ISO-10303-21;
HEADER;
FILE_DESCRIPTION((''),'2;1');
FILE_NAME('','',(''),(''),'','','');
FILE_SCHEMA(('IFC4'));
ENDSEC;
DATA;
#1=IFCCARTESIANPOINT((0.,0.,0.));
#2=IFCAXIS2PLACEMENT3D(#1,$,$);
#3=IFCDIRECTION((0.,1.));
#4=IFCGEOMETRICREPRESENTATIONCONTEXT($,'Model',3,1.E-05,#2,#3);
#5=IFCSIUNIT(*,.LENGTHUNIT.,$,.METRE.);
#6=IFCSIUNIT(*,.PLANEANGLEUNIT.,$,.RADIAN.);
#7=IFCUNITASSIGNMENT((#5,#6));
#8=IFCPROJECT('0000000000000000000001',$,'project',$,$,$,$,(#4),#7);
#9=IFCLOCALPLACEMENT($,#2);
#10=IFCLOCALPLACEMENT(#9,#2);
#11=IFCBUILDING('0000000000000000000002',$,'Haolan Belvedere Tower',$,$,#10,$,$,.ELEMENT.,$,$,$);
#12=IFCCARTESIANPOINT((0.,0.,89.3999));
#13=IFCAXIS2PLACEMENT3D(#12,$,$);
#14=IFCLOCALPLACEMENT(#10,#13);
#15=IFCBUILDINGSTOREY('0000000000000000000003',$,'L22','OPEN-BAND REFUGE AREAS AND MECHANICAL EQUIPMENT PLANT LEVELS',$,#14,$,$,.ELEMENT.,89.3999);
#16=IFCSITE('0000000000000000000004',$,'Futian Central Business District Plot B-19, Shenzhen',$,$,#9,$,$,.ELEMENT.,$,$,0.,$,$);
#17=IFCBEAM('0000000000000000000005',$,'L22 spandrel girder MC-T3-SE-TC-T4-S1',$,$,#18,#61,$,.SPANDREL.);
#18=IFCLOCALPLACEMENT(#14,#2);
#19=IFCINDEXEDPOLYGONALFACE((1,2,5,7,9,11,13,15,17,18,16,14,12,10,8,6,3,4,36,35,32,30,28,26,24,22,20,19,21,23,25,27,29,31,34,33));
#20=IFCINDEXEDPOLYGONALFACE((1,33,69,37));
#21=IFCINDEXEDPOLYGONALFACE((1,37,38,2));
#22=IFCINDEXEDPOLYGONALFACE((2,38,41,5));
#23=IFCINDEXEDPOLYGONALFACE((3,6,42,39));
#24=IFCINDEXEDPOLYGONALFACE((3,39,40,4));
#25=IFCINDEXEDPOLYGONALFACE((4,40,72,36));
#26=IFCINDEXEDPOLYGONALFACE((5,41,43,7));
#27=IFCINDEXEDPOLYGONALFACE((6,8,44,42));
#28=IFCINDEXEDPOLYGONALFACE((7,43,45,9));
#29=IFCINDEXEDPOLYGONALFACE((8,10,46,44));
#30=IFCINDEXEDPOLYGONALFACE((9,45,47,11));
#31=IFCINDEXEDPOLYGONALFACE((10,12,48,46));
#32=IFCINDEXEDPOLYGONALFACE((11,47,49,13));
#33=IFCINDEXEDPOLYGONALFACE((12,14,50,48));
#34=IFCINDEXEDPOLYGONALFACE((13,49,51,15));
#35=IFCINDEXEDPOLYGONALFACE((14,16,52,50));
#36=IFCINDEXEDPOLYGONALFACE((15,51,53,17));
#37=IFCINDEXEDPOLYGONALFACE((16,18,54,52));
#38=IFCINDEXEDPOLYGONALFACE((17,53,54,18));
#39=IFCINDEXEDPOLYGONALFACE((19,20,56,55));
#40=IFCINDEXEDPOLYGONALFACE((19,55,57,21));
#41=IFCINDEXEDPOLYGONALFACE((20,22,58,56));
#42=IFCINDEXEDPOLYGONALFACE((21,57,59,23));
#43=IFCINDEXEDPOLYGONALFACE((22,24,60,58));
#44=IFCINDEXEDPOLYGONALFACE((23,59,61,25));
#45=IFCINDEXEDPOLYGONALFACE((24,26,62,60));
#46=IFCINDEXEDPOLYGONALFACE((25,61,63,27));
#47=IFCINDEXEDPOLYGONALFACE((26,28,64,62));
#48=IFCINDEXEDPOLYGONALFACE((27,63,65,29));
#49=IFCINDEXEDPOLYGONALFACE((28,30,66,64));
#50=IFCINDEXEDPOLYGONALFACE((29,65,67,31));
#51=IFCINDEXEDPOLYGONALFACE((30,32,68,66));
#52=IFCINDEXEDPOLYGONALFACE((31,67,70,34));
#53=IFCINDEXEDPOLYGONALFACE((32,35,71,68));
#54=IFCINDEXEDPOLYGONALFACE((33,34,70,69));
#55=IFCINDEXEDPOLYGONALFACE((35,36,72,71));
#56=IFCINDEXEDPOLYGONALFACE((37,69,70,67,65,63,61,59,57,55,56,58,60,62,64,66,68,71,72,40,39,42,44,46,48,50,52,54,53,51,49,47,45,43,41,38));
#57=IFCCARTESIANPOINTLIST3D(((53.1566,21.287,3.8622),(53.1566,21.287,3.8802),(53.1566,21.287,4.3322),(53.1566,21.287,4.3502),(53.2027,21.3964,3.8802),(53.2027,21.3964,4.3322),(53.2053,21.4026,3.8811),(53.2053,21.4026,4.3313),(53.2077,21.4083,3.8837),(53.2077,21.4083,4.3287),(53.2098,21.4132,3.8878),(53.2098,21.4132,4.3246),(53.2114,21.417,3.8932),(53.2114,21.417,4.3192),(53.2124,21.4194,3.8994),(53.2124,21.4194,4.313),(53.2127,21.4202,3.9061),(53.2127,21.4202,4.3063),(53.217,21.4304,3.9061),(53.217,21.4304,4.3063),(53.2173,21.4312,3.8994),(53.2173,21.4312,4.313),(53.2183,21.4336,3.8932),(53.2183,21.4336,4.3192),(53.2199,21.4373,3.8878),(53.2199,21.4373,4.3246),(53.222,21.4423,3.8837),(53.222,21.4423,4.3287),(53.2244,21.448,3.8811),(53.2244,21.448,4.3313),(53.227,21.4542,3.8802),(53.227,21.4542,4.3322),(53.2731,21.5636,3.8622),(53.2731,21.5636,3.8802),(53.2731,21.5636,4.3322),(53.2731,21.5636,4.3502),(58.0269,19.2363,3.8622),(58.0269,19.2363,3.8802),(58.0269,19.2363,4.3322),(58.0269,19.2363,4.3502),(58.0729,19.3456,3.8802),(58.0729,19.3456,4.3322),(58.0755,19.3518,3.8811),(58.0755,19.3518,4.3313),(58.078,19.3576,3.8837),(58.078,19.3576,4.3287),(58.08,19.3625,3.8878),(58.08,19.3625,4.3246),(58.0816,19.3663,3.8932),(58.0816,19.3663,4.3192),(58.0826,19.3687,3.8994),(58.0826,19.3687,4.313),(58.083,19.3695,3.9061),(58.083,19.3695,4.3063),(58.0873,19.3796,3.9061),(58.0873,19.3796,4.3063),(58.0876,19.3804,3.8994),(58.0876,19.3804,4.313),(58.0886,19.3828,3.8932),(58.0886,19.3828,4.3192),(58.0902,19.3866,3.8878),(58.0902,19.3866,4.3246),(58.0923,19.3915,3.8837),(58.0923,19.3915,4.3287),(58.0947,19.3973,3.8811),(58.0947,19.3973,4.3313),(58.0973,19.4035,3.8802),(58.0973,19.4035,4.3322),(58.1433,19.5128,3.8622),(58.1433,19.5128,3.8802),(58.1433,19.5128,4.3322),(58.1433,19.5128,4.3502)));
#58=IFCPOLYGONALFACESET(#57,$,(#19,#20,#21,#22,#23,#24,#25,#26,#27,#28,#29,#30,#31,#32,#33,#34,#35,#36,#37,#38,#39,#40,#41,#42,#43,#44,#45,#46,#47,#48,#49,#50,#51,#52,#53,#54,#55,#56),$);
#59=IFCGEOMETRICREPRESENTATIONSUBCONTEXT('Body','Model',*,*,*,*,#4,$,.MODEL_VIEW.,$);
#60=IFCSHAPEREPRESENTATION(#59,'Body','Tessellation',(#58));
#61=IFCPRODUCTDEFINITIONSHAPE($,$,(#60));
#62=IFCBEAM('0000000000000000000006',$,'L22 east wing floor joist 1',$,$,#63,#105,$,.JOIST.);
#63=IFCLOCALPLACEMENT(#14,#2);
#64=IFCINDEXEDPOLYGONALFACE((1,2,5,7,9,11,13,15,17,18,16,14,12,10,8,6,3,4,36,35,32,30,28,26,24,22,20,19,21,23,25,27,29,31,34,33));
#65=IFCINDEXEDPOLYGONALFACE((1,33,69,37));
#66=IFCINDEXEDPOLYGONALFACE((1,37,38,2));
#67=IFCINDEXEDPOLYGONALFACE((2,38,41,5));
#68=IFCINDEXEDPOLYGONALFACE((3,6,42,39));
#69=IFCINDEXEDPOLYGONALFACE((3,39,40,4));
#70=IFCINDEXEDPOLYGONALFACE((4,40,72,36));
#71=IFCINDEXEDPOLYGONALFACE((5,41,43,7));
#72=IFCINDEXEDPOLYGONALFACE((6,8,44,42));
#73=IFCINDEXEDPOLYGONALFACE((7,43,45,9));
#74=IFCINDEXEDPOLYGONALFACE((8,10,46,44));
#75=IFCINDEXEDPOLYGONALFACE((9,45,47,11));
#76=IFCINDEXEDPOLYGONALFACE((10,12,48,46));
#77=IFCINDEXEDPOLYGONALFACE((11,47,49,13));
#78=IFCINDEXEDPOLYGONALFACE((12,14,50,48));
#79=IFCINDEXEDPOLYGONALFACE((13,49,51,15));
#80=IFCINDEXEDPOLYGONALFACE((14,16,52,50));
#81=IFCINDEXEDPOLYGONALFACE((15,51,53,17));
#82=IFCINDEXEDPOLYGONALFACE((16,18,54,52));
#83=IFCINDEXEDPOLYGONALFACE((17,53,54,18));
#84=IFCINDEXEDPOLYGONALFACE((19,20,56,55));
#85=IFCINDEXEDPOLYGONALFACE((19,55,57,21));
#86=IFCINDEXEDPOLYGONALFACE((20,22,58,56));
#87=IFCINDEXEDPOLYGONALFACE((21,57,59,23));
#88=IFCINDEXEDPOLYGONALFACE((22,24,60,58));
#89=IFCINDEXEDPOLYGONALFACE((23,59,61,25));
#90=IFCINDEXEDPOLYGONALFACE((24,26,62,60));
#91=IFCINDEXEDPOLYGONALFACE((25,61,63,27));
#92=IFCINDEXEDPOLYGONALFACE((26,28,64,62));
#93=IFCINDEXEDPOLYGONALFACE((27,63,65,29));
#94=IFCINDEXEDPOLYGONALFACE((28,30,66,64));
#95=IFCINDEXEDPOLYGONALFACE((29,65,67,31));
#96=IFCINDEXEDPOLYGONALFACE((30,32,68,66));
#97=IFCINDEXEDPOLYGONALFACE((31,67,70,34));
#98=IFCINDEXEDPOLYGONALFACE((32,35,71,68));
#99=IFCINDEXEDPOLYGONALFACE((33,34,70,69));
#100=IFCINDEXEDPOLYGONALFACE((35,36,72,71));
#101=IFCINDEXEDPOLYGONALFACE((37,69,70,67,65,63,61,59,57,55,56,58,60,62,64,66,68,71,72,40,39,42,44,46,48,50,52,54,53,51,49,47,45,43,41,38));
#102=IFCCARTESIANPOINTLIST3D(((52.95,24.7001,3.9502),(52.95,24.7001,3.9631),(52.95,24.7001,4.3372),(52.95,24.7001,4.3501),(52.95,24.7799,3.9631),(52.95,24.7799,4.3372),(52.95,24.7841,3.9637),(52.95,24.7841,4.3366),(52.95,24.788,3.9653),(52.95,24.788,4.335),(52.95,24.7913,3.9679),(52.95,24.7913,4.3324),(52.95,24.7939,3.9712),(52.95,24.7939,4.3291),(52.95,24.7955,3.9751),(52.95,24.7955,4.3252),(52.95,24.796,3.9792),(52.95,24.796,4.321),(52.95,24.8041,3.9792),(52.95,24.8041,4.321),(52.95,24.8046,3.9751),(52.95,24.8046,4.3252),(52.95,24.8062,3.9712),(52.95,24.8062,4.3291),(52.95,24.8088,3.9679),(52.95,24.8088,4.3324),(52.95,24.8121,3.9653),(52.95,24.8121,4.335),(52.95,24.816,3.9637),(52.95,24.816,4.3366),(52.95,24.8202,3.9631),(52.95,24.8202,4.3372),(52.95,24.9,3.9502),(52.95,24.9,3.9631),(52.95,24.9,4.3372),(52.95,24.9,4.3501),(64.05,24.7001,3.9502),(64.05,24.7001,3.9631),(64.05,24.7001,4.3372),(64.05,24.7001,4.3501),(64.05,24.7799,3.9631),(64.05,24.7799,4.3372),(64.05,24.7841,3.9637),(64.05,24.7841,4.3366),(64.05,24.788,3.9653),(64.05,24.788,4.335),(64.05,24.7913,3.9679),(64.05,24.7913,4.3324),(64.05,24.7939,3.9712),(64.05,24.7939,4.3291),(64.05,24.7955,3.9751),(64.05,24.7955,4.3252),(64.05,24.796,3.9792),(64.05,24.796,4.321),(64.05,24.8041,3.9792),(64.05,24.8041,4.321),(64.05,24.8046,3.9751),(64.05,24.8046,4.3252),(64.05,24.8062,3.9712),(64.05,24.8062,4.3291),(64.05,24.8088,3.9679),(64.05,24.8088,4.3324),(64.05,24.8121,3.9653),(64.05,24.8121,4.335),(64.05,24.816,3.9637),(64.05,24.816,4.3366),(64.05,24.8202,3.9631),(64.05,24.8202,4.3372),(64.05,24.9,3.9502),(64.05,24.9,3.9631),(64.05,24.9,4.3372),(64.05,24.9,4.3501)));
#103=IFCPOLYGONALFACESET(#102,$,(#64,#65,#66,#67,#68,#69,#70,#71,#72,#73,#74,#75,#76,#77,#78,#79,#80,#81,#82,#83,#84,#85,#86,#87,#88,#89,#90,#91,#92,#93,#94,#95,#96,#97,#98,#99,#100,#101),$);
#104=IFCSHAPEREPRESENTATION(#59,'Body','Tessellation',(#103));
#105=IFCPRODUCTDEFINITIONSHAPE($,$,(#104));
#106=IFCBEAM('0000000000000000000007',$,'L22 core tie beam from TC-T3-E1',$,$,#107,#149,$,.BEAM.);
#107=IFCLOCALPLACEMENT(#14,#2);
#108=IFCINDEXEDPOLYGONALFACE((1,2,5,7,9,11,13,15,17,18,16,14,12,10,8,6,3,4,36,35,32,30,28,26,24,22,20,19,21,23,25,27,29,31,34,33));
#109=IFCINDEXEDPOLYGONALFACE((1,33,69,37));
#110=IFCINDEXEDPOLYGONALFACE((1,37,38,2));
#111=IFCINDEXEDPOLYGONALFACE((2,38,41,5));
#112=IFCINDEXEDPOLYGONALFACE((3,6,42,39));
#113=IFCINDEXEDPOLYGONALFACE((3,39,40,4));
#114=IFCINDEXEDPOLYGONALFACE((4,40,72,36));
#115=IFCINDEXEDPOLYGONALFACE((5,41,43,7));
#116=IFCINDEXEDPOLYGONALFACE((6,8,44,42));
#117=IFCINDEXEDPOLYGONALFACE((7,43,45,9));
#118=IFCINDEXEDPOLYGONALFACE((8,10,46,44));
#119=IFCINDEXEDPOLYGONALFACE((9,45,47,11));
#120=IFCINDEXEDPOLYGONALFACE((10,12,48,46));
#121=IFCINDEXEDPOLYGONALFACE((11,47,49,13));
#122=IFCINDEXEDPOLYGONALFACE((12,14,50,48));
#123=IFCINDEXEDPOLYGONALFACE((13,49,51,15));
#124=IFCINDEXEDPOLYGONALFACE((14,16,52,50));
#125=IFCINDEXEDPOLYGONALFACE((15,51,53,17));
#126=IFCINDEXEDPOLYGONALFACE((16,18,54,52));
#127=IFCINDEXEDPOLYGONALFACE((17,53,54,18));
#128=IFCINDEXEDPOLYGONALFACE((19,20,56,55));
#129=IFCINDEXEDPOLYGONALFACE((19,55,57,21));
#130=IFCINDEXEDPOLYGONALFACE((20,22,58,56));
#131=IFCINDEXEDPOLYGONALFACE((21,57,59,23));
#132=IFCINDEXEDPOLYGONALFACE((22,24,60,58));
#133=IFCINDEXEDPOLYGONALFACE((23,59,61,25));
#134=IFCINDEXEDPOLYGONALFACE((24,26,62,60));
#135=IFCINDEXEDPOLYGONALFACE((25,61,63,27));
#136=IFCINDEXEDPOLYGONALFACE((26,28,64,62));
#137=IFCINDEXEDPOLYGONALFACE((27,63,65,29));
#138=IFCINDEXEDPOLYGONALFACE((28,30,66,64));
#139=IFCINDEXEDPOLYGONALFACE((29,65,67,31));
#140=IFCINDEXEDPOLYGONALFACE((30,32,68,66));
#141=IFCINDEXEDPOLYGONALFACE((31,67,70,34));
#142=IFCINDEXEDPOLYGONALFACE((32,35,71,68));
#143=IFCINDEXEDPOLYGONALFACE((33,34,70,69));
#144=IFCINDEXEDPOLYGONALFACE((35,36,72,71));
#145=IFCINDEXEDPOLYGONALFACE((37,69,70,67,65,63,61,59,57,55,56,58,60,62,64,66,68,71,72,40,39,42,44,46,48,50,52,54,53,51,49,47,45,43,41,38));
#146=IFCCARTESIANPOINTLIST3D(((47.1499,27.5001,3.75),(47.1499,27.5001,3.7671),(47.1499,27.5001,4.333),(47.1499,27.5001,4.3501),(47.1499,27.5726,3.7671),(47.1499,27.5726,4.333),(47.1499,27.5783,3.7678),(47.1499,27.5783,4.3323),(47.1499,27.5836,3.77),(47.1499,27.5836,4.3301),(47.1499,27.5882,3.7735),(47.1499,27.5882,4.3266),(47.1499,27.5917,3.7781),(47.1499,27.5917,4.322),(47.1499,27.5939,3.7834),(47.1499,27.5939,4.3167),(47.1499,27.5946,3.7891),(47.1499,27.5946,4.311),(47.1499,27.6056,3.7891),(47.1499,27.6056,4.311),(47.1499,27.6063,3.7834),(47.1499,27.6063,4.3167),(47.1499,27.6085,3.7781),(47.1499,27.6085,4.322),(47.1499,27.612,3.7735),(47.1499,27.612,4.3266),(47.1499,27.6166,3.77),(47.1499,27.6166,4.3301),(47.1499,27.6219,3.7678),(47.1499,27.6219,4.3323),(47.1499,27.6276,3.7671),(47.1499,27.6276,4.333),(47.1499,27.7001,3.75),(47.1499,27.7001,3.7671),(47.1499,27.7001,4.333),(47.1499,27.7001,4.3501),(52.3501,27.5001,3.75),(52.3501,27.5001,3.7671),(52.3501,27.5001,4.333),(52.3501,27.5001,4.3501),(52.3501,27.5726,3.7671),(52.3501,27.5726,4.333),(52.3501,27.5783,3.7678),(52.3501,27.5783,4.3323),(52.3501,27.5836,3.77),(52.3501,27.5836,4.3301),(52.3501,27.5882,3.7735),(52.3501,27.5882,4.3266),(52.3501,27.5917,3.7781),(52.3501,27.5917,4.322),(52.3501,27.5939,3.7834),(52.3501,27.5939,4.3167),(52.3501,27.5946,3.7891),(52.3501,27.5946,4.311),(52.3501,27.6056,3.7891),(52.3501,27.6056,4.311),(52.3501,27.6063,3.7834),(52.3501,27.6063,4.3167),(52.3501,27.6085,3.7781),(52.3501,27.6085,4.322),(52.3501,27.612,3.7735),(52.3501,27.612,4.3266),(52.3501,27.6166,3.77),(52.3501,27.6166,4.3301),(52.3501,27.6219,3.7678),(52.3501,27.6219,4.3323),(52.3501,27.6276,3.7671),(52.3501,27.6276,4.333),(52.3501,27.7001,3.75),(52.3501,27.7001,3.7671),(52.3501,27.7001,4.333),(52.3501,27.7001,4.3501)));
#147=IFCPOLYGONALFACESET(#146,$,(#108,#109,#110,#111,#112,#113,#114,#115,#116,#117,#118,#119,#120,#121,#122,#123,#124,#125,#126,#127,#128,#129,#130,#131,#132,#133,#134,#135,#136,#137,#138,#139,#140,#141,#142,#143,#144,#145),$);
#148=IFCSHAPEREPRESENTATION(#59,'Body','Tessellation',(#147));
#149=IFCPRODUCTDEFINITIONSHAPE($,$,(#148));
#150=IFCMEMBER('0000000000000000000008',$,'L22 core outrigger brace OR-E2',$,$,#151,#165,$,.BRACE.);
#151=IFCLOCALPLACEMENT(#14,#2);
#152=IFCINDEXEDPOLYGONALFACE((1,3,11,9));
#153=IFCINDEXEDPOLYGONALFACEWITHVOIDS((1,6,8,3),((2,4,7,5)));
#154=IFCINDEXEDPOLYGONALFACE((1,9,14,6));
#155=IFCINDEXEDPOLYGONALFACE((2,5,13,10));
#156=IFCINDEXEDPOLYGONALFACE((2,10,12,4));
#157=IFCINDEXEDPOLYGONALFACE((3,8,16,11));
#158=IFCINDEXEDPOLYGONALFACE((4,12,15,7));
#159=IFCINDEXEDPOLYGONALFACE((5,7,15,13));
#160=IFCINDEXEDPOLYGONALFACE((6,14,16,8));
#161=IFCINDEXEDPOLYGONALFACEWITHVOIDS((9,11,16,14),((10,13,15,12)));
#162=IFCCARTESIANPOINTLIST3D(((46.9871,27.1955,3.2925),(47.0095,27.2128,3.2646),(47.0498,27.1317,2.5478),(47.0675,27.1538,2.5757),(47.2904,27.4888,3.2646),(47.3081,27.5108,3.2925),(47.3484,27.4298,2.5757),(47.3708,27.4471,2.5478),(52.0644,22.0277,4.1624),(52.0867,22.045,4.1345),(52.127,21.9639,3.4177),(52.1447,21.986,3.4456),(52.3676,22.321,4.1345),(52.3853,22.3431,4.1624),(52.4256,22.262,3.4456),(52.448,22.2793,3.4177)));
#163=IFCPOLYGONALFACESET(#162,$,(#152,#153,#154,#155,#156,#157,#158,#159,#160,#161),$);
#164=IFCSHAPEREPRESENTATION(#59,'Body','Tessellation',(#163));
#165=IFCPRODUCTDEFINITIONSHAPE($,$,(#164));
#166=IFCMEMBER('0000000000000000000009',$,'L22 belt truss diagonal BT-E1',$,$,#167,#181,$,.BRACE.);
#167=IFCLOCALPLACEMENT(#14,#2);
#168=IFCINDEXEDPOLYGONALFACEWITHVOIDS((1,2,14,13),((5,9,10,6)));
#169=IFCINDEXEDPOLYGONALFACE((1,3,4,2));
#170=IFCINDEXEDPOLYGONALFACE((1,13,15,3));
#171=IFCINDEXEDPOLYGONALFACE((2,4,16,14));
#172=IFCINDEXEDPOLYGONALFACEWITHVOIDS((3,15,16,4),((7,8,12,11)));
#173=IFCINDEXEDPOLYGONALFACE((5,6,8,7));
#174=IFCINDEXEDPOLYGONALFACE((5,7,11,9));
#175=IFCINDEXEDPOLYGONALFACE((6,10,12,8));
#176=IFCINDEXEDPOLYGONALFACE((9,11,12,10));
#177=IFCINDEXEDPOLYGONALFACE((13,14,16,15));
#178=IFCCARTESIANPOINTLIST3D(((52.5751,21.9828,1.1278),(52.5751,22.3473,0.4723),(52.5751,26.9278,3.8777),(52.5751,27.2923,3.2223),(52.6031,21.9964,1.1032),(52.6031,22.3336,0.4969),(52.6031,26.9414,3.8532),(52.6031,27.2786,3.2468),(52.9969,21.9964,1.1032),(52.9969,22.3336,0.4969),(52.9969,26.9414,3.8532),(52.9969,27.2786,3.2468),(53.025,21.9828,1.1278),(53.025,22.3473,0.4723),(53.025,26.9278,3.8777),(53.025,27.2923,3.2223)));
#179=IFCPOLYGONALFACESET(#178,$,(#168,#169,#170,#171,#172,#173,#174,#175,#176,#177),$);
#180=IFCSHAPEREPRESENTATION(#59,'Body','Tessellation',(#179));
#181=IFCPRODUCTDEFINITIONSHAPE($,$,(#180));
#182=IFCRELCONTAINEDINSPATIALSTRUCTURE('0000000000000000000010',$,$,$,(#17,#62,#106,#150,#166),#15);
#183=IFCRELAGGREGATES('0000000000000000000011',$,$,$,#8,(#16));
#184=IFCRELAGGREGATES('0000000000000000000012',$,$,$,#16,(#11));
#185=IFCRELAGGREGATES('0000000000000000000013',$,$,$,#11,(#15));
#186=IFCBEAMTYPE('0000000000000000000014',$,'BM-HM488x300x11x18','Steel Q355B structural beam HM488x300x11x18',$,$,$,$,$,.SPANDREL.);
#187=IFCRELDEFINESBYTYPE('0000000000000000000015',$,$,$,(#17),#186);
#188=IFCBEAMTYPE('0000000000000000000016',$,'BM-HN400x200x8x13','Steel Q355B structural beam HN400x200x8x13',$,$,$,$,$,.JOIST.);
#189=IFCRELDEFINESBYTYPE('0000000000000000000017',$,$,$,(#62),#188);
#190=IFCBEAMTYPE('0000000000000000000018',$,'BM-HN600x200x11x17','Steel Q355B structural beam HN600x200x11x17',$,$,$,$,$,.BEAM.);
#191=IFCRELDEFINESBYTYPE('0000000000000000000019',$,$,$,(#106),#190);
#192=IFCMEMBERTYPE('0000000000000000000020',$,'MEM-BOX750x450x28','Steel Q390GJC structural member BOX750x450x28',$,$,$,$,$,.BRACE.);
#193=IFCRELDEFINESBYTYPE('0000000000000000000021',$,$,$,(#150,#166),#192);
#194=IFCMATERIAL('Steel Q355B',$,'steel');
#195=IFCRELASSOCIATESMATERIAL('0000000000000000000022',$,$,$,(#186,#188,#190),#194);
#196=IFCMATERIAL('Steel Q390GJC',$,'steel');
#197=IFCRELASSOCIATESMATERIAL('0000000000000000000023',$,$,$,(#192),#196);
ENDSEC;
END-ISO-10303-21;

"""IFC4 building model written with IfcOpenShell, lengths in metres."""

from ifc_helpers import new_model, si_unit, direction, frame, origin, origin_2d, place, context, subcontext, project, spatial, hollow_rectangle, i_section, extrude, material, material_profile, profile_set, type_object, element, save


model = new_model("IFC4")

# Units and contexts
model_context = context("Model", 3, precision=1e-05, world=origin(), true_north=direction((0.0, 1.0)))
body_context = subcontext(model_context, "Body", "Model", "MODEL_VIEW")
ifc_project = project(units=[si_unit("LENGTHUNIT", "METRE"), si_unit("PLANEANGLEUNIT", "RADIAN")], contexts=[model_context])

# Site, building, storey
site_placement = place(None, origin())
site = spatial("IfcSite", under=ifc_project, at=site_placement, Name="Futian Central Business District Plot B-19, Shenzhen", CompositionType="ELEMENT", RefElevation=0.0)
building_placement = place(site_placement, origin())
building = spatial("IfcBuilding", under=site, at=building_placement, Name="Haolan Belvedere Tower", CompositionType="ELEMENT")
storey_placement = place(building_placement, frame((0.0, 0.0, 89.3999)))
storey = spatial("IfcBuildingStorey", under=building, at=storey_placement, Name="L22", Description="OPEN-BAND REFUGE AREAS AND MECHANICAL EQUIPMENT PLANT LEVELS", CompositionType="ELEMENT", Elevation=89.3999)

# Shared definitions
ifc_material_1 = material(Name="Steel Q355B", Category="steel")

# Beams
ifc_material_profile_1 = material_profile(ifc_material_1, i_section(OverallWidth=0.3, OverallDepth=0.488, WebThickness=0.011, FlangeThickness=0.0181, FilletRadius=0.0259, at=origin_2d()), Name="Steel Q355B")
ifc_profile_set_1 = profile_set([ifc_material_profile_1], Name="Steel Q355B")
beam_type_1 = type_object("IfcBeamType", Name="BM-HM488x300x11x18", Description="Steel Q355B structural beam HM488x300x11x18", PredefinedType="SPANDREL", material=ifc_profile_set_1)
beam_1_placement = place(storey_placement, frame((53.2148, 21.4253, 4.1062), z_axis=(0.921628, -0.388074, 0.0), x_axis=(0.388074, 0.921628, 0.0)))
element("IfcBeam", 1, at=beam_1_placement, inside=storey, type_object=beam_type_1, Name="L22 spandrel girder MC-T3-SE-TC-T4-S1", PredefinedType="SPANDREL", context=body_context, shape_type="SweptSolid", body=[
    extrude(i_section(OverallWidth=0.3, OverallDepth=0.488, WebThickness=0.011, FlangeThickness=0.0181, FilletRadius=0.0259, at=origin_2d()), origin(), (0.0, 0.0, 1.0), 5.2844),
])
ifc_material_profile_2 = material_profile(ifc_material_1, i_section(OverallWidth=0.2, OverallDepth=0.3999, WebThickness=0.0081, FlangeThickness=0.0129, FilletRadius=0.0161, at=origin_2d()), Name="Steel Q355B")
ifc_profile_set_2 = profile_set([ifc_material_profile_2], Name="Steel Q355B")
beam_type_2 = type_object("IfcBeamType", Name="BM-HN400x200x8x13", Description="Steel Q355B structural beam HN400x200x8x13", PredefinedType="JOIST", material=ifc_profile_set_2)
beam_2_placement = place(storey_placement, frame((52.95, 24.8, 4.1501), z_axis=(1.0, 0.0, 0.0), x_axis=(0.0, 1.0, 0.0)))
element("IfcBeam", 2, at=beam_2_placement, inside=storey, type_object=beam_type_2, Name="L22 east wing floor joist 1", PredefinedType="JOIST", context=body_context, shape_type="SweptSolid", body=[
    extrude(i_section(OverallWidth=0.2, OverallDepth=0.3999, WebThickness=0.0081, FlangeThickness=0.0129, FilletRadius=0.0161, at=origin_2d()), origin(), (0.0, 0.0, 1.0), 11.1001),
])
ifc_material_profile_3 = material_profile(ifc_material_1, i_section(OverallWidth=0.2, OverallDepth=0.6001, WebThickness=0.011, FlangeThickness=0.0171, FilletRadius=0.022, at=origin_2d()), Name="Steel Q355B")
ifc_profile_set_3 = profile_set([ifc_material_profile_3], Name="Steel Q355B")
beam_type_3 = type_object("IfcBeamType", Name="BM-HN600x200x11x17", Description="Steel Q355B structural beam HN600x200x11x17", PredefinedType="BEAM", material=ifc_profile_set_3)
beam_3_placement = place(storey_placement, frame((52.3501, 27.6001, 4.05), z_axis=(-1.0, 0.0, 0.0), x_axis=(0.0, -1.0, 0.0)))
element("IfcBeam", 3, at=beam_3_placement, inside=storey, type_object=beam_type_3, Name="L22 core tie beam from TC-T3-E1", PredefinedType="BEAM", context=body_context, shape_type="SweptSolid", body=[
    extrude(i_section(OverallWidth=0.2, OverallDepth=0.6001, WebThickness=0.011, FlangeThickness=0.0171, FilletRadius=0.022, at=origin_2d()), origin(), (0.0, 0.0, 1.0), 5.2002),
])

# Members
ifc_material_2 = material(Name="Steel Q390GJC", Category="steel")
ifc_material_profile_4 = material_profile(ifc_material_2, hollow_rectangle(XDim=0.45, YDim=0.75, WallThickness=0.0281, at=origin_2d()), Name="Steel Q390GJC")
ifc_profile_set_4 = profile_set([ifc_material_profile_4], Name="Steel Q390GJC")
member_type_1 = type_object("IfcMemberType", Name="MEM-BOX750x450x28", Description="Steel Q390GJC structural member BOX750x450x28", PredefinedType="BRACE", material=ifc_profile_set_4)
member_1_placement = place(storey_placement, frame((47.179, 27.3213, 2.9202), z_axis=(0.69583, -0.708243, 0.119217), x_axis=(0.713331, 0.700828, 0.0)))
element("IfcMember", 4, at=member_1_placement, inside=storey, type_object=member_type_1, Name="L22 core outrigger brace OR-E2", PredefinedType="BRACE", context=body_context, shape_type="SweptSolid", body=[
    extrude(hollow_rectangle(XDim=0.45, YDim=0.75, WallThickness=0.0281, at=origin_2d()), origin(), (0.0, 0.0, 1.0), 7.2966),
])
member_2_placement = place(storey_placement, frame((52.8, 22.165, 0.8), z_axis=(0.0, 0.873952, 0.486013), x_axis=(-1.0, 0.0, 0.0)))
element("IfcMember", 5, at=member_2_placement, inside=storey, type_object=member_type_1, Name="L22 belt truss diagonal BT-E1", PredefinedType="BRACE", context=body_context, shape_type="SweptSolid", body=[
    extrude(hollow_rectangle(XDim=0.45, YDim=0.75, WallThickness=0.0281, at=origin_2d()), origin(), (0.0, 0.0, 1.0), 5.6582),
])

save(model, "model.ifc")
